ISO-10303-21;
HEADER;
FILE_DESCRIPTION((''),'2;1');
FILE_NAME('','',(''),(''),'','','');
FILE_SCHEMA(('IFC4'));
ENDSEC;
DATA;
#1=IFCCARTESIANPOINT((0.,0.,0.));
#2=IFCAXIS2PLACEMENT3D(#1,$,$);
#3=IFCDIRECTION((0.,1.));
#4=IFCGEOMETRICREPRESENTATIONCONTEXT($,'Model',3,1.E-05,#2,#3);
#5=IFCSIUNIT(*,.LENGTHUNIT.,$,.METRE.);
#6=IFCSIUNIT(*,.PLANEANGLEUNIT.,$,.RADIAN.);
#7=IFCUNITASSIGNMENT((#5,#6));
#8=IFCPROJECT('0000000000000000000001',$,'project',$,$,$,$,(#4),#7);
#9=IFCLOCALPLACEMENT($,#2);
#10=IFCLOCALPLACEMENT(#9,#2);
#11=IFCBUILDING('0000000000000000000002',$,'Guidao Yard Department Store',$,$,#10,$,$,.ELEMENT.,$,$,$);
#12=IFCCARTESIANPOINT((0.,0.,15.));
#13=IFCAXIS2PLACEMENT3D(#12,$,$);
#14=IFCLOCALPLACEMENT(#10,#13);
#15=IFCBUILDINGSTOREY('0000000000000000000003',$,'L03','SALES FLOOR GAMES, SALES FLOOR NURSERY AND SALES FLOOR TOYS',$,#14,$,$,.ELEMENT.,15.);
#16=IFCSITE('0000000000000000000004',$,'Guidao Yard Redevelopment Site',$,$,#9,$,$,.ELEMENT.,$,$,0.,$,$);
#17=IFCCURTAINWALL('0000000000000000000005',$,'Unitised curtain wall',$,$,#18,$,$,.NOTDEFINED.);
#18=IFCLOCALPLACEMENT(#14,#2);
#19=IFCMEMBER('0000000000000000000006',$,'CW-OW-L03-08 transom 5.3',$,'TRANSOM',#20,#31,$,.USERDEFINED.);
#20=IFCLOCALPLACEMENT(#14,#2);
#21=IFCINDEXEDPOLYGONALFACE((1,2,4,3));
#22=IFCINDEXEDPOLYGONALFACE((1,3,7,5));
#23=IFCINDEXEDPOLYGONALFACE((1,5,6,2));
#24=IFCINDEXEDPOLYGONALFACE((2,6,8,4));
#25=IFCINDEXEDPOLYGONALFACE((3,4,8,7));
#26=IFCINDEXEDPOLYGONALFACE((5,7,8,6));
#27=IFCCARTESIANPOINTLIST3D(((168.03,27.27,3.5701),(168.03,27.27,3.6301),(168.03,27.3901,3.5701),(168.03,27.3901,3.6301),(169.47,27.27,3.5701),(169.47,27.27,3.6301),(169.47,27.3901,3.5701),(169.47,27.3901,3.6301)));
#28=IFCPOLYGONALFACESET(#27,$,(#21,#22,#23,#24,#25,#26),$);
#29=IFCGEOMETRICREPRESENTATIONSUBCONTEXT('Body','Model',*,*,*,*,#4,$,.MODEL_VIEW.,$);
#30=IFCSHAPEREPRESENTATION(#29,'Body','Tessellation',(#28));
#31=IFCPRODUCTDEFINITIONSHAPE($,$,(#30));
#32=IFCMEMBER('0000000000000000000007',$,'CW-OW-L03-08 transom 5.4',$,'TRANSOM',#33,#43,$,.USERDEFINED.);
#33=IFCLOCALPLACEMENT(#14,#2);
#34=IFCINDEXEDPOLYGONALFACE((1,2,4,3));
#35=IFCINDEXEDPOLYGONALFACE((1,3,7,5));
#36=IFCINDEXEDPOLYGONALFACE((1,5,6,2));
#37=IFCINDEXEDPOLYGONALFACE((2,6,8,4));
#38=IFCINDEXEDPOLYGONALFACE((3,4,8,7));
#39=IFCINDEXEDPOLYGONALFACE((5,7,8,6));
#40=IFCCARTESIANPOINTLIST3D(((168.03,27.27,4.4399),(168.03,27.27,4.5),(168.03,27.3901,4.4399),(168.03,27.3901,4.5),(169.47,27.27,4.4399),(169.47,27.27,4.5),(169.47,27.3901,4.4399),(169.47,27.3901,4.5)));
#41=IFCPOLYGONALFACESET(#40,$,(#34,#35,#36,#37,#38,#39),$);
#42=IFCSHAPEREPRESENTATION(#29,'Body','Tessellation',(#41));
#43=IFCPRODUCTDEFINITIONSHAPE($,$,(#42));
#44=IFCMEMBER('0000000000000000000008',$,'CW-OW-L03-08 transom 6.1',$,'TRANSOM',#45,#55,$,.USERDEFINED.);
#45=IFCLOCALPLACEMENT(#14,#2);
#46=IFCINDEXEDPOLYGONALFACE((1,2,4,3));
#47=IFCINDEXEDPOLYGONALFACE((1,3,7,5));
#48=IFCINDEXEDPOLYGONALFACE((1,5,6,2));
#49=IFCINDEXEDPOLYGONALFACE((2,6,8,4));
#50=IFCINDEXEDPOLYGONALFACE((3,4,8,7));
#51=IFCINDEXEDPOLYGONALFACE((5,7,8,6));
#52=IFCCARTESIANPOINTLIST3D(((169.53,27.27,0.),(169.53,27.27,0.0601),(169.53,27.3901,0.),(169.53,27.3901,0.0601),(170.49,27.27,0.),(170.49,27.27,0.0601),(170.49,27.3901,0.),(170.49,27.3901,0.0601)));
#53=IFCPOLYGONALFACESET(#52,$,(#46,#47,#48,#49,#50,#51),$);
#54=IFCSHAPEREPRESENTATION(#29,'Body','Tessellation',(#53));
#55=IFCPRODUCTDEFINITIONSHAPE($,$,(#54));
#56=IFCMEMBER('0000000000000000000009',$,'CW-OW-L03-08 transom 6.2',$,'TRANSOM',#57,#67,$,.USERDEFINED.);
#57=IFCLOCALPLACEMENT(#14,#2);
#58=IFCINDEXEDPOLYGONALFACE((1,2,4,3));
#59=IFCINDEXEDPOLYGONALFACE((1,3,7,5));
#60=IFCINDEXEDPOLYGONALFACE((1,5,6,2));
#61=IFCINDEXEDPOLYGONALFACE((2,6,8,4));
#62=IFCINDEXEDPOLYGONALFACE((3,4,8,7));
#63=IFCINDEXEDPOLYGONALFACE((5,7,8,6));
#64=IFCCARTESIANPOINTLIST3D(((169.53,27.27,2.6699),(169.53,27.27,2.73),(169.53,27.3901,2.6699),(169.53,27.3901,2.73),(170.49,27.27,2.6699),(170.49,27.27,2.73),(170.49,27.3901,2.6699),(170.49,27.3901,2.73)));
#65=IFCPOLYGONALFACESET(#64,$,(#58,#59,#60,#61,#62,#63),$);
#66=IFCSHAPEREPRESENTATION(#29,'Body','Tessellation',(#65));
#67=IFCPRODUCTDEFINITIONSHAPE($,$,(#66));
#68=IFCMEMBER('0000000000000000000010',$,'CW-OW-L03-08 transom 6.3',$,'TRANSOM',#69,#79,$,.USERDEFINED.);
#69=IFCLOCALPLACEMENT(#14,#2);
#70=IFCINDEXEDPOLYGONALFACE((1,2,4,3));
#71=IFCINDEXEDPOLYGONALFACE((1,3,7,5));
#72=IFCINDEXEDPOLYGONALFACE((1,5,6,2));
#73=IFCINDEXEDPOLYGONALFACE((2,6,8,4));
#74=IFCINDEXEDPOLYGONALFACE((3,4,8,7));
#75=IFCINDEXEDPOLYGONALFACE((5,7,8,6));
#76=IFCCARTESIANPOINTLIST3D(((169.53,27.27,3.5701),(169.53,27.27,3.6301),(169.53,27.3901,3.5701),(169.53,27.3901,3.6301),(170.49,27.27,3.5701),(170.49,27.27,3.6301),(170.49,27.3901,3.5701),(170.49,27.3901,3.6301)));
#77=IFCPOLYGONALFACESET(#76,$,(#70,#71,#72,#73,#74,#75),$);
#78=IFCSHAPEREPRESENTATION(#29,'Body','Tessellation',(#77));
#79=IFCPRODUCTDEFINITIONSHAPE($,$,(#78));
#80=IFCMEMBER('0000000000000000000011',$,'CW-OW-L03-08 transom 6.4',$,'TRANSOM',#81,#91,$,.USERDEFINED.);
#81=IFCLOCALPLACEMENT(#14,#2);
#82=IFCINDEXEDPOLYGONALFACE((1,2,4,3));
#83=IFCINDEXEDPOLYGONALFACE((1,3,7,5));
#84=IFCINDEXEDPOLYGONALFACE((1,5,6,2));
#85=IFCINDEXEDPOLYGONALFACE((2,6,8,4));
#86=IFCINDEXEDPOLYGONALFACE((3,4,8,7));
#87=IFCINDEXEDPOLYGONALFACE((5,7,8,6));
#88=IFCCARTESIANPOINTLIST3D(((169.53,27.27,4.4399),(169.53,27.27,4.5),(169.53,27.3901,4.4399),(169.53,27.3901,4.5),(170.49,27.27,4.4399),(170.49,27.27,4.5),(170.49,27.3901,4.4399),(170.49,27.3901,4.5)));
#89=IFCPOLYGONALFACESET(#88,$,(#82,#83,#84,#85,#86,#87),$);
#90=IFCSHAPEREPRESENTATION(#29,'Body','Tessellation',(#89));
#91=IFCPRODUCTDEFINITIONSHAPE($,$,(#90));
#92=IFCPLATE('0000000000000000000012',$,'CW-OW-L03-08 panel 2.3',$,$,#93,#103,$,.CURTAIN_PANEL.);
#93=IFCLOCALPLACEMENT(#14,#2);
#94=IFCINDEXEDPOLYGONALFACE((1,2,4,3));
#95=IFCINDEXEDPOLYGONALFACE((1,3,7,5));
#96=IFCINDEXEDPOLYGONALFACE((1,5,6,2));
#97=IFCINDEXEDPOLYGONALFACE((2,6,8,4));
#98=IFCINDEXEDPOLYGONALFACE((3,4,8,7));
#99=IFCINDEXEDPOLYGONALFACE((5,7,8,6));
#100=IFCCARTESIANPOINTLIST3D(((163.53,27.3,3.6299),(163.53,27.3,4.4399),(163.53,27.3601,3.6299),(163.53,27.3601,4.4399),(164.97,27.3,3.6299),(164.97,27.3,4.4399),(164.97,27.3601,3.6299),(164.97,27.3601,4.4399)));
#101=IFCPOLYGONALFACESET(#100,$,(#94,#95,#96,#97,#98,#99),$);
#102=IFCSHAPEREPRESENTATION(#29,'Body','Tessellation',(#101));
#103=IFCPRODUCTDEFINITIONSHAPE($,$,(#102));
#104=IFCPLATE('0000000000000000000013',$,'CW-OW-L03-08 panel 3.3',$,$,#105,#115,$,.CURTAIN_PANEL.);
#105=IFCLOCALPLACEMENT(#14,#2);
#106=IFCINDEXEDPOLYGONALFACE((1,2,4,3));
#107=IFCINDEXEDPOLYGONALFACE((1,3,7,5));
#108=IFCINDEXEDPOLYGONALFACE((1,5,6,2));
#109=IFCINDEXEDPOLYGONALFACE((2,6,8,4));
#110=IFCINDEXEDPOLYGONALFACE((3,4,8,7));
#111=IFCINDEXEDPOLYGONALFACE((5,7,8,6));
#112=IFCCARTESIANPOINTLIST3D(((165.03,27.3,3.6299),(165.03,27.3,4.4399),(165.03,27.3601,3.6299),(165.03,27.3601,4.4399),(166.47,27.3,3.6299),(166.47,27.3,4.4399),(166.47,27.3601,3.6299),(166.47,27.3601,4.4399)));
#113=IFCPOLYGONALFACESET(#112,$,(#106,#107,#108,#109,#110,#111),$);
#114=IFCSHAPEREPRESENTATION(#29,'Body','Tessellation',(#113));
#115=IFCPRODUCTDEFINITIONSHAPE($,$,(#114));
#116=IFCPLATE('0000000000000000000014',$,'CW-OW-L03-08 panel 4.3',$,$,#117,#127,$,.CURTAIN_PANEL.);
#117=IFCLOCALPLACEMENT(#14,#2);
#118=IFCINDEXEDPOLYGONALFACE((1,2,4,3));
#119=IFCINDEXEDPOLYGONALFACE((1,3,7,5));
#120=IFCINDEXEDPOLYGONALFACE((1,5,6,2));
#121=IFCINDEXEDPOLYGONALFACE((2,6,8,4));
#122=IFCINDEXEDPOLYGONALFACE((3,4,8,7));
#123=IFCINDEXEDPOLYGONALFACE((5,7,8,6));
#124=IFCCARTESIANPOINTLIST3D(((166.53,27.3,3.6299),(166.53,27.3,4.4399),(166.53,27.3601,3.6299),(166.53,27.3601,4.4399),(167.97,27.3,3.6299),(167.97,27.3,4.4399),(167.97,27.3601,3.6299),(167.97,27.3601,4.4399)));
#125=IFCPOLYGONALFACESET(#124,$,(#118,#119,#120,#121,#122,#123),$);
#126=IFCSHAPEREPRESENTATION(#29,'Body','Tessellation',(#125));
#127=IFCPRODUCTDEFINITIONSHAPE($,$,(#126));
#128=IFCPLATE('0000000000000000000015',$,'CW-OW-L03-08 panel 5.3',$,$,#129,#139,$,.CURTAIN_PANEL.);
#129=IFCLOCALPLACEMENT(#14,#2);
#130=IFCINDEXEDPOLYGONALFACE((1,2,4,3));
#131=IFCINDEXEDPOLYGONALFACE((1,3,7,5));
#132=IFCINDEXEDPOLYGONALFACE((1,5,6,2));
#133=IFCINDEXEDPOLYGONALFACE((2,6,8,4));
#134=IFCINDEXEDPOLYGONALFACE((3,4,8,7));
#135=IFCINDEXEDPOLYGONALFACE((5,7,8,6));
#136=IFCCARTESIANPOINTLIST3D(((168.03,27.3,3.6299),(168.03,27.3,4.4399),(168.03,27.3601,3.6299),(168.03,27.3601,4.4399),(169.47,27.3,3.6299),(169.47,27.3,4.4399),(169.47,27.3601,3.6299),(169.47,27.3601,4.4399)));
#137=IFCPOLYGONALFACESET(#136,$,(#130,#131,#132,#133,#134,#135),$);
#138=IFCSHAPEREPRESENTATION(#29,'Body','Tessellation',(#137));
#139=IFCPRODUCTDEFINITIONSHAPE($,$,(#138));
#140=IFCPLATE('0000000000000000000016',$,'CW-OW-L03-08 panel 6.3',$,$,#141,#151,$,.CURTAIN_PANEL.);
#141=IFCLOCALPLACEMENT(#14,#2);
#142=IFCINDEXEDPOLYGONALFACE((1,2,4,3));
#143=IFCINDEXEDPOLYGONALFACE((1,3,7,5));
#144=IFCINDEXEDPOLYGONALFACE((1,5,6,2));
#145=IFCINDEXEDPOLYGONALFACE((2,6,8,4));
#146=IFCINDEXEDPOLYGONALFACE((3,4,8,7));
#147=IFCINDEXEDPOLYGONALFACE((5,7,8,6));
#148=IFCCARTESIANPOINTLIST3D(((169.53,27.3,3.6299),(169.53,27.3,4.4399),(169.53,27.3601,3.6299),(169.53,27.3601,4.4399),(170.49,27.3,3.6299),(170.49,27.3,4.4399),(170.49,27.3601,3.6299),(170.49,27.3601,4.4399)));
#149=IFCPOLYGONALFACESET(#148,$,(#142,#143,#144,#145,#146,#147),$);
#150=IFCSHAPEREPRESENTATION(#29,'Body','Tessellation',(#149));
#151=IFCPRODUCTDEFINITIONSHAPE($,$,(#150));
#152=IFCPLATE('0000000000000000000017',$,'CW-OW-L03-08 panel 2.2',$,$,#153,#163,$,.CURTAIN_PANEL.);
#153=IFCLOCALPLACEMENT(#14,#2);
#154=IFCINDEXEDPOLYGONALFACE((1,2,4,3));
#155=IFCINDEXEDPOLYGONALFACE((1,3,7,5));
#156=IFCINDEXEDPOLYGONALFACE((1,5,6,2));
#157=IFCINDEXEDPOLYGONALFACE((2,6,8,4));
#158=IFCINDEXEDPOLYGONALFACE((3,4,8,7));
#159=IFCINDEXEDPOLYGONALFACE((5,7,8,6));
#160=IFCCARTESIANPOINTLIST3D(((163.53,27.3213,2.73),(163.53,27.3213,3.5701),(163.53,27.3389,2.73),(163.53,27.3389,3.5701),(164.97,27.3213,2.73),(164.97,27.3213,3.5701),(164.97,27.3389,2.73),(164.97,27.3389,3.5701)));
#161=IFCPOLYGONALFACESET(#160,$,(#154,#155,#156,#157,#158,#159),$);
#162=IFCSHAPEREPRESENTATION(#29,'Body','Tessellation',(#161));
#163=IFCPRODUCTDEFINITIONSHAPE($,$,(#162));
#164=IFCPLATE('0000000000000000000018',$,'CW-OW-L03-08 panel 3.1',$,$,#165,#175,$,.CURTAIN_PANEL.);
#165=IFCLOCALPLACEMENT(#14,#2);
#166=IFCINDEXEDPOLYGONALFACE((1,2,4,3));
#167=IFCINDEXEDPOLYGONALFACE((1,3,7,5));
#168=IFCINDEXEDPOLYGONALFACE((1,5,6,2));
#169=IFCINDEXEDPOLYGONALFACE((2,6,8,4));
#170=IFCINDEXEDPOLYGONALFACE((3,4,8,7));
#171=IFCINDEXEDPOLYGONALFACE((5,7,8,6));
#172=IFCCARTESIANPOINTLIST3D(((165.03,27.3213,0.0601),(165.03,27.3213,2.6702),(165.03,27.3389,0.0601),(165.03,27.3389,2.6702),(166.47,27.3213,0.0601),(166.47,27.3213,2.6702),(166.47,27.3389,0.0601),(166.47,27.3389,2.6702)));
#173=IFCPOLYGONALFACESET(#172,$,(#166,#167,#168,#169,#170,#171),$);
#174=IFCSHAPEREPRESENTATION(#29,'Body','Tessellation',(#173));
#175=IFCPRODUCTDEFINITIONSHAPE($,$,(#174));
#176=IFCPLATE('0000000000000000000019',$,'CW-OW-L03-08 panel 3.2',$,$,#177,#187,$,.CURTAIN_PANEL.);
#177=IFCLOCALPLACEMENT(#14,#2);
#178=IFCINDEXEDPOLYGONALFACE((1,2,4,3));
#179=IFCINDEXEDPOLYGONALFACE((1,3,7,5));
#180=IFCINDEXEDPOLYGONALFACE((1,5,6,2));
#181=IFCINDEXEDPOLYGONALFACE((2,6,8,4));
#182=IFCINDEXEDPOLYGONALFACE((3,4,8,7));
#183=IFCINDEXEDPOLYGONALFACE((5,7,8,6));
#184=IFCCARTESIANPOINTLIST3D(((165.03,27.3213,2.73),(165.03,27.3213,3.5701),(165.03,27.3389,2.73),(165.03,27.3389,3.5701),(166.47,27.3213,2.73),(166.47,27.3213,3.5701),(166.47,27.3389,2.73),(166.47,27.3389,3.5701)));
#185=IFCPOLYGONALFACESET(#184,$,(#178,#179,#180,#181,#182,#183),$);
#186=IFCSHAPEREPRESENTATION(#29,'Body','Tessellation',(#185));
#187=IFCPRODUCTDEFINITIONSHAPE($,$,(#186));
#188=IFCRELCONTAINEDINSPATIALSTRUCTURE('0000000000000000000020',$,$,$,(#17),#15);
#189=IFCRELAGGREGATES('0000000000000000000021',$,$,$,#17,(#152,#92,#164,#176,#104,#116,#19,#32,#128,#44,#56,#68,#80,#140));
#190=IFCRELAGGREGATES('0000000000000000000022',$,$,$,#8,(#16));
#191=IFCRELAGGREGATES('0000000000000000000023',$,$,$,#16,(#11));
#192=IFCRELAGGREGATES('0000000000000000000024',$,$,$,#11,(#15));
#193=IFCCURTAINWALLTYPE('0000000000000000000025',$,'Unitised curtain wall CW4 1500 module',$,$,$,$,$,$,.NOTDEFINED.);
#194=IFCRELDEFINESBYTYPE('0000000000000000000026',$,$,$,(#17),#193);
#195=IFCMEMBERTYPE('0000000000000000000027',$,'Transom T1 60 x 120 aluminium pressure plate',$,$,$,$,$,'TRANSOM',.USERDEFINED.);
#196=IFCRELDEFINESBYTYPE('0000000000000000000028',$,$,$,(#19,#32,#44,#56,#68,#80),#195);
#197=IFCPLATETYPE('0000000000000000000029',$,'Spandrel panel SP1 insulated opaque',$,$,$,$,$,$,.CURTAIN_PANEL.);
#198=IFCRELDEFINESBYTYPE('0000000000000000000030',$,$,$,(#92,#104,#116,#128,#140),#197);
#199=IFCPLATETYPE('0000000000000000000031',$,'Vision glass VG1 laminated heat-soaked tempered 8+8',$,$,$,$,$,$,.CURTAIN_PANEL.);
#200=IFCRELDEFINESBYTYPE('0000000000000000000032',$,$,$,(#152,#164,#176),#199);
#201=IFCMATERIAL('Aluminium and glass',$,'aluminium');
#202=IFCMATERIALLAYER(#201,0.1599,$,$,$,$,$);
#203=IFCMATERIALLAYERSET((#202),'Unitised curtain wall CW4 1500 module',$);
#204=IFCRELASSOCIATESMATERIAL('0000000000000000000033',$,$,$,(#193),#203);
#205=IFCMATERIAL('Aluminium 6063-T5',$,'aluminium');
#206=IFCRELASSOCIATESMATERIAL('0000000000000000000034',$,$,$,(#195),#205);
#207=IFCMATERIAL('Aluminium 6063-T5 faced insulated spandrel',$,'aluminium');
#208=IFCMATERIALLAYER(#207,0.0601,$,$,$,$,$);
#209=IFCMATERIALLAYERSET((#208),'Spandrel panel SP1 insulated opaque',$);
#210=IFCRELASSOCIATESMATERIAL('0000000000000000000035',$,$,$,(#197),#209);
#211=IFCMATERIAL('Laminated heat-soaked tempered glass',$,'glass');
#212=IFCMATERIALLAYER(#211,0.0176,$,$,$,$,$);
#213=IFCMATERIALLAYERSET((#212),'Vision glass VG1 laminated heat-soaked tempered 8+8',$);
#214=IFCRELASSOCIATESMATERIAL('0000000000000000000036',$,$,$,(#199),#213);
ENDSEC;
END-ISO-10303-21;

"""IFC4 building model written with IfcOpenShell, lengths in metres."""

from ifc_helpers import new_model, si_unit, direction, frame, origin, origin_2d, place, context, subcontext, project, spatial, rectangle, extrude, material, layer, layer_set, material_profile, profile_set, type_object, element, aggregate, save


model = new_model("IFC4")

# Units and contexts
model_context = context("Model", 3, precision=1e-05, world=origin(), true_north=direction((0.0, 1.0)))
body_context = subcontext(model_context, "Body", "Model", "MODEL_VIEW")
ifc_project = project(units=[si_unit("LENGTHUNIT", "METRE"), si_unit("PLANEANGLEUNIT", "RADIAN")], contexts=[model_context])

# Site, building, storey
site_placement = place(None, origin())
site = spatial("IfcSite", under=ifc_project, at=site_placement, Name="Guidao Yard Redevelopment Site", CompositionType="ELEMENT", RefElevation=0.0)
building_placement = place(site_placement, origin())
building = spatial("IfcBuilding", under=site, at=building_placement, Name="Guidao Yard Department Store", CompositionType="ELEMENT")
storey_placement = place(building_placement, frame((0.0, 0.0, 15.0)))
storey = spatial("IfcBuildingStorey", under=building, at=storey_placement, Name="L03", Description="SALES FLOOR GAMES, SALES FLOOR NURSERY AND SALES FLOOR TOYS", CompositionType="ELEMENT", Elevation=15.0)

# Curtain wall, members, plates
ifc_material_1 = material(Name="Aluminium and glass", Category="aluminium")
ifc_layer_1 = layer(ifc_material_1, 0.1599)
ifc_layer_set_1 = layer_set([ifc_layer_1], Name="Unitised curtain wall CW4 1500 module")
curtain_wall_type = type_object("IfcCurtainWallType", Name="Unitised curtain wall CW4 1500 module", PredefinedType="NOTDEFINED", material=ifc_layer_set_1)
curtain_wall_placement = place(storey_placement, origin())
curtain_wall = element("IfcCurtainWall", 1, at=curtain_wall_placement, inside=storey, type_object=curtain_wall_type, Name="Unitised curtain wall", PredefinedType="NOTDEFINED")
ifc_material_2 = material(Name="Aluminium 6063-T5", Category="aluminium")
ifc_material_profile_1 = material_profile(ifc_material_2, rectangle(XDim=0.1201, YDim=0.0601, at=origin_2d()), Name="Transom T1 60 x 120 aluminium pressure plate")
ifc_profile_set_1 = profile_set([ifc_material_profile_1], Name="Aluminium 6063-T5")
member_type_1 = type_object("IfcMemberType", Name="Transom T1 60 x 120 aluminium pressure plate", ElementType="TRANSOM", PredefinedType="USERDEFINED", material=ifc_profile_set_1)
member_1_placement = place(storey_placement, frame((168.03, 27.3301, 3.6001), z_axis=(1.0, 0.0, 0.0), x_axis=(0.0, 1.0, 0.0)))
member_1 = element("IfcMember", 2, at=member_1_placement, type_object=member_type_1, Name="CW-OW-L03-08 transom 5.3", ObjectType="TRANSOM", PredefinedType="USERDEFINED", context=body_context, shape_type="SweptSolid", body=[
    extrude(rectangle(XDim=0.1201, YDim=0.0601, at=origin_2d()), origin(), (0.0, 0.0, 1.0), 1.4399),
])
member_2_placement = place(storey_placement, frame((168.03, 27.3301, 4.47), z_axis=(1.0, 0.0, 0.0), x_axis=(0.0, 1.0, 0.0)))
member_2 = element("IfcMember", 3, at=member_2_placement, type_object=member_type_1, Name="CW-OW-L03-08 transom 5.4", ObjectType="TRANSOM", PredefinedType="USERDEFINED", context=body_context, shape_type="SweptSolid", body=[
    extrude(rectangle(XDim=0.1201, YDim=0.0601, at=origin_2d()), origin(), (0.0, 0.0, 1.0), 1.4399),
])
member_3_placement = place(storey_placement, frame((169.53, 27.3301, 0.03), z_axis=(1.0, 0.0, 0.0), x_axis=(0.0, 1.0, 0.0)))
member_3 = element("IfcMember", 4, at=member_3_placement, type_object=member_type_1, Name="CW-OW-L03-08 transom 6.1", ObjectType="TRANSOM", PredefinedType="USERDEFINED", context=body_context, shape_type="SweptSolid", body=[
    extrude(rectangle(XDim=0.1201, YDim=0.0601, at=origin_2d()), origin(), (0.0, 0.0, 1.0), 0.96),
])
member_4_placement = place(storey_placement, frame((169.53, 27.3301, 2.7), z_axis=(1.0, 0.0, 0.0), x_axis=(0.0, 1.0, 0.0)))
member_4 = element("IfcMember", 5, at=member_4_placement, type_object=member_type_1, Name="CW-OW-L03-08 transom 6.2", ObjectType="TRANSOM", PredefinedType="USERDEFINED", context=body_context, shape_type="SweptSolid", body=[
    extrude(rectangle(XDim=0.1201, YDim=0.0601, at=origin_2d()), origin(), (0.0, 0.0, 1.0), 0.96),
])
member_5_placement = place(storey_placement, frame((169.53, 27.3301, 3.6001), z_axis=(1.0, 0.0, 0.0), x_axis=(0.0, 1.0, 0.0)))
member_5 = element("IfcMember", 6, at=member_5_placement, type_object=member_type_1, Name="CW-OW-L03-08 transom 6.3", ObjectType="TRANSOM", PredefinedType="USERDEFINED", context=body_context, shape_type="SweptSolid", body=[
    extrude(rectangle(XDim=0.1201, YDim=0.0601, at=origin_2d()), origin(), (0.0, 0.0, 1.0), 0.96),
])
member_6_placement = place(storey_placement, frame((169.53, 27.3301, 4.47), z_axis=(1.0, 0.0, 0.0), x_axis=(0.0, 1.0, 0.0)))
member_6 = element("IfcMember", 7, at=member_6_placement, type_object=member_type_1, Name="CW-OW-L03-08 transom 6.4", ObjectType="TRANSOM", PredefinedType="USERDEFINED", context=body_context, shape_type="SweptSolid", body=[
    extrude(rectangle(XDim=0.1201, YDim=0.0601, at=origin_2d()), origin(), (0.0, 0.0, 1.0), 0.96),
])
ifc_material_3 = material(Name="Aluminium 6063-T5 faced insulated spandrel", Category="aluminium")
ifc_layer_2 = layer(ifc_material_3, 0.0601)
ifc_layer_set_2 = layer_set([ifc_layer_2], Name="Spandrel panel SP1 insulated opaque")
plate_type_1 = type_object("IfcPlateType", Name="Spandrel panel SP1 insulated opaque", PredefinedType="CURTAIN_PANEL", material=ifc_layer_set_2)
plate_1_placement = place(storey_placement, frame((164.25, 27.3301, 3.6299), z_axis=(0.0, 0.0, 1.0), x_axis=(1.0, 0.0, 0.0)))
plate_1 = element("IfcPlate", 8, at=plate_1_placement, type_object=plate_type_1, Name="CW-OW-L03-08 panel 2.3", PredefinedType="CURTAIN_PANEL", context=body_context, shape_type="SweptSolid", body=[
    extrude(rectangle(XDim=1.4399, YDim=0.0601, at=origin_2d()), origin(), (0.0, 0.0, 1.0), 0.8101),
])
plate_2_placement = place(storey_placement, frame((165.75, 27.3301, 3.6299), z_axis=(0.0, 0.0, 1.0), x_axis=(1.0, 0.0, 0.0)))
plate_2 = element("IfcPlate", 9, at=plate_2_placement, type_object=plate_type_1, Name="CW-OW-L03-08 panel 3.3", PredefinedType="CURTAIN_PANEL", context=body_context, shape_type="SweptSolid", body=[
    extrude(rectangle(XDim=1.4399, YDim=0.0601, at=origin_2d()), origin(), (0.0, 0.0, 1.0), 0.8101),
])
plate_3_placement = place(storey_placement, frame((167.25, 27.3301, 3.6299), z_axis=(0.0, 0.0, 1.0), x_axis=(1.0, 0.0, 0.0)))
plate_3 = element("IfcPlate", 10, at=plate_3_placement, type_object=plate_type_1, Name="CW-OW-L03-08 panel 4.3", PredefinedType="CURTAIN_PANEL", context=body_context, shape_type="SweptSolid", body=[
    extrude(rectangle(XDim=1.4399, YDim=0.0601, at=origin_2d()), origin(), (0.0, 0.0, 1.0), 0.8101),
])
plate_4_placement = place(storey_placement, frame((168.75, 27.3301, 3.6299), z_axis=(0.0, 0.0, 1.0), x_axis=(1.0, 0.0, 0.0)))
plate_4 = element("IfcPlate", 11, at=plate_4_placement, type_object=plate_type_1, Name="CW-OW-L03-08 panel 5.3", PredefinedType="CURTAIN_PANEL", context=body_context, shape_type="SweptSolid", body=[
    extrude(rectangle(XDim=1.4399, YDim=0.0601, at=origin_2d()), origin(), (0.0, 0.0, 1.0), 0.8101),
])
plate_5_placement = place(storey_placement, frame((170.01, 27.3301, 3.6299), z_axis=(0.0, 0.0, 1.0), x_axis=(1.0, 0.0, 0.0)))
plate_5 = element("IfcPlate", 12, at=plate_5_placement, type_object=plate_type_1, Name="CW-OW-L03-08 panel 6.3", PredefinedType="CURTAIN_PANEL", context=body_context, shape_type="SweptSolid", body=[
    extrude(rectangle(XDim=0.96, YDim=0.0601, at=origin_2d()), origin(), (0.0, 0.0, 1.0), 0.8101),
])
ifc_material_4 = material(Name="Laminated heat-soaked tempered glass", Category="glass")
ifc_layer_3 = layer(ifc_material_4, 0.0176)
ifc_layer_set_3 = layer_set([ifc_layer_3], Name="Vision glass VG1 laminated heat-soaked tempered 8+8")
plate_type_2 = type_object("IfcPlateType", Name="Vision glass VG1 laminated heat-soaked tempered 8+8", PredefinedType="CURTAIN_PANEL", material=ifc_layer_set_3)
plate_6_placement = place(storey_placement, frame((164.25, 27.3301, 2.73), z_axis=(0.0, 0.0, 1.0), x_axis=(1.0, 0.0, 0.0)))
plate_6 = element("IfcPlate", 13, at=plate_6_placement, type_object=plate_type_2, Name="CW-OW-L03-08 panel 2.2", PredefinedType="CURTAIN_PANEL", context=body_context, shape_type="SweptSolid", body=[
    extrude(rectangle(XDim=1.4399, YDim=0.0176, at=origin_2d()), origin(), (0.0, 0.0, 1.0), 0.8401),
])
plate_7_placement = place(storey_placement, frame((165.75, 27.3301, 0.0601), z_axis=(0.0, 0.0, 1.0), x_axis=(1.0, 0.0, 0.0)))
plate_7 = element("IfcPlate", 14, at=plate_7_placement, type_object=plate_type_2, Name="CW-OW-L03-08 panel 3.1", PredefinedType="CURTAIN_PANEL", context=body_context, shape_type="SweptSolid", body=[
    extrude(rectangle(XDim=1.4399, YDim=0.0176, at=origin_2d()), origin(), (0.0, 0.0, 1.0), 2.6101),
])
plate_8_placement = place(storey_placement, frame((165.75, 27.3301, 2.73), z_axis=(0.0, 0.0, 1.0), x_axis=(1.0, 0.0, 0.0)))
plate_8 = element("IfcPlate", 15, at=plate_8_placement, type_object=plate_type_2, Name="CW-OW-L03-08 panel 3.2", PredefinedType="CURTAIN_PANEL", context=body_context, shape_type="SweptSolid", body=[
    extrude(rectangle(XDim=1.4399, YDim=0.0176, at=origin_2d()), origin(), (0.0, 0.0, 1.0), 0.8401),
])
aggregate(curtain_wall, [plate_6, plate_1, plate_7, plate_8, plate_2, plate_3, member_1, member_2, plate_4, member_3, member_4, member_5, member_6, plate_5])

save(model, "model.ifc")
